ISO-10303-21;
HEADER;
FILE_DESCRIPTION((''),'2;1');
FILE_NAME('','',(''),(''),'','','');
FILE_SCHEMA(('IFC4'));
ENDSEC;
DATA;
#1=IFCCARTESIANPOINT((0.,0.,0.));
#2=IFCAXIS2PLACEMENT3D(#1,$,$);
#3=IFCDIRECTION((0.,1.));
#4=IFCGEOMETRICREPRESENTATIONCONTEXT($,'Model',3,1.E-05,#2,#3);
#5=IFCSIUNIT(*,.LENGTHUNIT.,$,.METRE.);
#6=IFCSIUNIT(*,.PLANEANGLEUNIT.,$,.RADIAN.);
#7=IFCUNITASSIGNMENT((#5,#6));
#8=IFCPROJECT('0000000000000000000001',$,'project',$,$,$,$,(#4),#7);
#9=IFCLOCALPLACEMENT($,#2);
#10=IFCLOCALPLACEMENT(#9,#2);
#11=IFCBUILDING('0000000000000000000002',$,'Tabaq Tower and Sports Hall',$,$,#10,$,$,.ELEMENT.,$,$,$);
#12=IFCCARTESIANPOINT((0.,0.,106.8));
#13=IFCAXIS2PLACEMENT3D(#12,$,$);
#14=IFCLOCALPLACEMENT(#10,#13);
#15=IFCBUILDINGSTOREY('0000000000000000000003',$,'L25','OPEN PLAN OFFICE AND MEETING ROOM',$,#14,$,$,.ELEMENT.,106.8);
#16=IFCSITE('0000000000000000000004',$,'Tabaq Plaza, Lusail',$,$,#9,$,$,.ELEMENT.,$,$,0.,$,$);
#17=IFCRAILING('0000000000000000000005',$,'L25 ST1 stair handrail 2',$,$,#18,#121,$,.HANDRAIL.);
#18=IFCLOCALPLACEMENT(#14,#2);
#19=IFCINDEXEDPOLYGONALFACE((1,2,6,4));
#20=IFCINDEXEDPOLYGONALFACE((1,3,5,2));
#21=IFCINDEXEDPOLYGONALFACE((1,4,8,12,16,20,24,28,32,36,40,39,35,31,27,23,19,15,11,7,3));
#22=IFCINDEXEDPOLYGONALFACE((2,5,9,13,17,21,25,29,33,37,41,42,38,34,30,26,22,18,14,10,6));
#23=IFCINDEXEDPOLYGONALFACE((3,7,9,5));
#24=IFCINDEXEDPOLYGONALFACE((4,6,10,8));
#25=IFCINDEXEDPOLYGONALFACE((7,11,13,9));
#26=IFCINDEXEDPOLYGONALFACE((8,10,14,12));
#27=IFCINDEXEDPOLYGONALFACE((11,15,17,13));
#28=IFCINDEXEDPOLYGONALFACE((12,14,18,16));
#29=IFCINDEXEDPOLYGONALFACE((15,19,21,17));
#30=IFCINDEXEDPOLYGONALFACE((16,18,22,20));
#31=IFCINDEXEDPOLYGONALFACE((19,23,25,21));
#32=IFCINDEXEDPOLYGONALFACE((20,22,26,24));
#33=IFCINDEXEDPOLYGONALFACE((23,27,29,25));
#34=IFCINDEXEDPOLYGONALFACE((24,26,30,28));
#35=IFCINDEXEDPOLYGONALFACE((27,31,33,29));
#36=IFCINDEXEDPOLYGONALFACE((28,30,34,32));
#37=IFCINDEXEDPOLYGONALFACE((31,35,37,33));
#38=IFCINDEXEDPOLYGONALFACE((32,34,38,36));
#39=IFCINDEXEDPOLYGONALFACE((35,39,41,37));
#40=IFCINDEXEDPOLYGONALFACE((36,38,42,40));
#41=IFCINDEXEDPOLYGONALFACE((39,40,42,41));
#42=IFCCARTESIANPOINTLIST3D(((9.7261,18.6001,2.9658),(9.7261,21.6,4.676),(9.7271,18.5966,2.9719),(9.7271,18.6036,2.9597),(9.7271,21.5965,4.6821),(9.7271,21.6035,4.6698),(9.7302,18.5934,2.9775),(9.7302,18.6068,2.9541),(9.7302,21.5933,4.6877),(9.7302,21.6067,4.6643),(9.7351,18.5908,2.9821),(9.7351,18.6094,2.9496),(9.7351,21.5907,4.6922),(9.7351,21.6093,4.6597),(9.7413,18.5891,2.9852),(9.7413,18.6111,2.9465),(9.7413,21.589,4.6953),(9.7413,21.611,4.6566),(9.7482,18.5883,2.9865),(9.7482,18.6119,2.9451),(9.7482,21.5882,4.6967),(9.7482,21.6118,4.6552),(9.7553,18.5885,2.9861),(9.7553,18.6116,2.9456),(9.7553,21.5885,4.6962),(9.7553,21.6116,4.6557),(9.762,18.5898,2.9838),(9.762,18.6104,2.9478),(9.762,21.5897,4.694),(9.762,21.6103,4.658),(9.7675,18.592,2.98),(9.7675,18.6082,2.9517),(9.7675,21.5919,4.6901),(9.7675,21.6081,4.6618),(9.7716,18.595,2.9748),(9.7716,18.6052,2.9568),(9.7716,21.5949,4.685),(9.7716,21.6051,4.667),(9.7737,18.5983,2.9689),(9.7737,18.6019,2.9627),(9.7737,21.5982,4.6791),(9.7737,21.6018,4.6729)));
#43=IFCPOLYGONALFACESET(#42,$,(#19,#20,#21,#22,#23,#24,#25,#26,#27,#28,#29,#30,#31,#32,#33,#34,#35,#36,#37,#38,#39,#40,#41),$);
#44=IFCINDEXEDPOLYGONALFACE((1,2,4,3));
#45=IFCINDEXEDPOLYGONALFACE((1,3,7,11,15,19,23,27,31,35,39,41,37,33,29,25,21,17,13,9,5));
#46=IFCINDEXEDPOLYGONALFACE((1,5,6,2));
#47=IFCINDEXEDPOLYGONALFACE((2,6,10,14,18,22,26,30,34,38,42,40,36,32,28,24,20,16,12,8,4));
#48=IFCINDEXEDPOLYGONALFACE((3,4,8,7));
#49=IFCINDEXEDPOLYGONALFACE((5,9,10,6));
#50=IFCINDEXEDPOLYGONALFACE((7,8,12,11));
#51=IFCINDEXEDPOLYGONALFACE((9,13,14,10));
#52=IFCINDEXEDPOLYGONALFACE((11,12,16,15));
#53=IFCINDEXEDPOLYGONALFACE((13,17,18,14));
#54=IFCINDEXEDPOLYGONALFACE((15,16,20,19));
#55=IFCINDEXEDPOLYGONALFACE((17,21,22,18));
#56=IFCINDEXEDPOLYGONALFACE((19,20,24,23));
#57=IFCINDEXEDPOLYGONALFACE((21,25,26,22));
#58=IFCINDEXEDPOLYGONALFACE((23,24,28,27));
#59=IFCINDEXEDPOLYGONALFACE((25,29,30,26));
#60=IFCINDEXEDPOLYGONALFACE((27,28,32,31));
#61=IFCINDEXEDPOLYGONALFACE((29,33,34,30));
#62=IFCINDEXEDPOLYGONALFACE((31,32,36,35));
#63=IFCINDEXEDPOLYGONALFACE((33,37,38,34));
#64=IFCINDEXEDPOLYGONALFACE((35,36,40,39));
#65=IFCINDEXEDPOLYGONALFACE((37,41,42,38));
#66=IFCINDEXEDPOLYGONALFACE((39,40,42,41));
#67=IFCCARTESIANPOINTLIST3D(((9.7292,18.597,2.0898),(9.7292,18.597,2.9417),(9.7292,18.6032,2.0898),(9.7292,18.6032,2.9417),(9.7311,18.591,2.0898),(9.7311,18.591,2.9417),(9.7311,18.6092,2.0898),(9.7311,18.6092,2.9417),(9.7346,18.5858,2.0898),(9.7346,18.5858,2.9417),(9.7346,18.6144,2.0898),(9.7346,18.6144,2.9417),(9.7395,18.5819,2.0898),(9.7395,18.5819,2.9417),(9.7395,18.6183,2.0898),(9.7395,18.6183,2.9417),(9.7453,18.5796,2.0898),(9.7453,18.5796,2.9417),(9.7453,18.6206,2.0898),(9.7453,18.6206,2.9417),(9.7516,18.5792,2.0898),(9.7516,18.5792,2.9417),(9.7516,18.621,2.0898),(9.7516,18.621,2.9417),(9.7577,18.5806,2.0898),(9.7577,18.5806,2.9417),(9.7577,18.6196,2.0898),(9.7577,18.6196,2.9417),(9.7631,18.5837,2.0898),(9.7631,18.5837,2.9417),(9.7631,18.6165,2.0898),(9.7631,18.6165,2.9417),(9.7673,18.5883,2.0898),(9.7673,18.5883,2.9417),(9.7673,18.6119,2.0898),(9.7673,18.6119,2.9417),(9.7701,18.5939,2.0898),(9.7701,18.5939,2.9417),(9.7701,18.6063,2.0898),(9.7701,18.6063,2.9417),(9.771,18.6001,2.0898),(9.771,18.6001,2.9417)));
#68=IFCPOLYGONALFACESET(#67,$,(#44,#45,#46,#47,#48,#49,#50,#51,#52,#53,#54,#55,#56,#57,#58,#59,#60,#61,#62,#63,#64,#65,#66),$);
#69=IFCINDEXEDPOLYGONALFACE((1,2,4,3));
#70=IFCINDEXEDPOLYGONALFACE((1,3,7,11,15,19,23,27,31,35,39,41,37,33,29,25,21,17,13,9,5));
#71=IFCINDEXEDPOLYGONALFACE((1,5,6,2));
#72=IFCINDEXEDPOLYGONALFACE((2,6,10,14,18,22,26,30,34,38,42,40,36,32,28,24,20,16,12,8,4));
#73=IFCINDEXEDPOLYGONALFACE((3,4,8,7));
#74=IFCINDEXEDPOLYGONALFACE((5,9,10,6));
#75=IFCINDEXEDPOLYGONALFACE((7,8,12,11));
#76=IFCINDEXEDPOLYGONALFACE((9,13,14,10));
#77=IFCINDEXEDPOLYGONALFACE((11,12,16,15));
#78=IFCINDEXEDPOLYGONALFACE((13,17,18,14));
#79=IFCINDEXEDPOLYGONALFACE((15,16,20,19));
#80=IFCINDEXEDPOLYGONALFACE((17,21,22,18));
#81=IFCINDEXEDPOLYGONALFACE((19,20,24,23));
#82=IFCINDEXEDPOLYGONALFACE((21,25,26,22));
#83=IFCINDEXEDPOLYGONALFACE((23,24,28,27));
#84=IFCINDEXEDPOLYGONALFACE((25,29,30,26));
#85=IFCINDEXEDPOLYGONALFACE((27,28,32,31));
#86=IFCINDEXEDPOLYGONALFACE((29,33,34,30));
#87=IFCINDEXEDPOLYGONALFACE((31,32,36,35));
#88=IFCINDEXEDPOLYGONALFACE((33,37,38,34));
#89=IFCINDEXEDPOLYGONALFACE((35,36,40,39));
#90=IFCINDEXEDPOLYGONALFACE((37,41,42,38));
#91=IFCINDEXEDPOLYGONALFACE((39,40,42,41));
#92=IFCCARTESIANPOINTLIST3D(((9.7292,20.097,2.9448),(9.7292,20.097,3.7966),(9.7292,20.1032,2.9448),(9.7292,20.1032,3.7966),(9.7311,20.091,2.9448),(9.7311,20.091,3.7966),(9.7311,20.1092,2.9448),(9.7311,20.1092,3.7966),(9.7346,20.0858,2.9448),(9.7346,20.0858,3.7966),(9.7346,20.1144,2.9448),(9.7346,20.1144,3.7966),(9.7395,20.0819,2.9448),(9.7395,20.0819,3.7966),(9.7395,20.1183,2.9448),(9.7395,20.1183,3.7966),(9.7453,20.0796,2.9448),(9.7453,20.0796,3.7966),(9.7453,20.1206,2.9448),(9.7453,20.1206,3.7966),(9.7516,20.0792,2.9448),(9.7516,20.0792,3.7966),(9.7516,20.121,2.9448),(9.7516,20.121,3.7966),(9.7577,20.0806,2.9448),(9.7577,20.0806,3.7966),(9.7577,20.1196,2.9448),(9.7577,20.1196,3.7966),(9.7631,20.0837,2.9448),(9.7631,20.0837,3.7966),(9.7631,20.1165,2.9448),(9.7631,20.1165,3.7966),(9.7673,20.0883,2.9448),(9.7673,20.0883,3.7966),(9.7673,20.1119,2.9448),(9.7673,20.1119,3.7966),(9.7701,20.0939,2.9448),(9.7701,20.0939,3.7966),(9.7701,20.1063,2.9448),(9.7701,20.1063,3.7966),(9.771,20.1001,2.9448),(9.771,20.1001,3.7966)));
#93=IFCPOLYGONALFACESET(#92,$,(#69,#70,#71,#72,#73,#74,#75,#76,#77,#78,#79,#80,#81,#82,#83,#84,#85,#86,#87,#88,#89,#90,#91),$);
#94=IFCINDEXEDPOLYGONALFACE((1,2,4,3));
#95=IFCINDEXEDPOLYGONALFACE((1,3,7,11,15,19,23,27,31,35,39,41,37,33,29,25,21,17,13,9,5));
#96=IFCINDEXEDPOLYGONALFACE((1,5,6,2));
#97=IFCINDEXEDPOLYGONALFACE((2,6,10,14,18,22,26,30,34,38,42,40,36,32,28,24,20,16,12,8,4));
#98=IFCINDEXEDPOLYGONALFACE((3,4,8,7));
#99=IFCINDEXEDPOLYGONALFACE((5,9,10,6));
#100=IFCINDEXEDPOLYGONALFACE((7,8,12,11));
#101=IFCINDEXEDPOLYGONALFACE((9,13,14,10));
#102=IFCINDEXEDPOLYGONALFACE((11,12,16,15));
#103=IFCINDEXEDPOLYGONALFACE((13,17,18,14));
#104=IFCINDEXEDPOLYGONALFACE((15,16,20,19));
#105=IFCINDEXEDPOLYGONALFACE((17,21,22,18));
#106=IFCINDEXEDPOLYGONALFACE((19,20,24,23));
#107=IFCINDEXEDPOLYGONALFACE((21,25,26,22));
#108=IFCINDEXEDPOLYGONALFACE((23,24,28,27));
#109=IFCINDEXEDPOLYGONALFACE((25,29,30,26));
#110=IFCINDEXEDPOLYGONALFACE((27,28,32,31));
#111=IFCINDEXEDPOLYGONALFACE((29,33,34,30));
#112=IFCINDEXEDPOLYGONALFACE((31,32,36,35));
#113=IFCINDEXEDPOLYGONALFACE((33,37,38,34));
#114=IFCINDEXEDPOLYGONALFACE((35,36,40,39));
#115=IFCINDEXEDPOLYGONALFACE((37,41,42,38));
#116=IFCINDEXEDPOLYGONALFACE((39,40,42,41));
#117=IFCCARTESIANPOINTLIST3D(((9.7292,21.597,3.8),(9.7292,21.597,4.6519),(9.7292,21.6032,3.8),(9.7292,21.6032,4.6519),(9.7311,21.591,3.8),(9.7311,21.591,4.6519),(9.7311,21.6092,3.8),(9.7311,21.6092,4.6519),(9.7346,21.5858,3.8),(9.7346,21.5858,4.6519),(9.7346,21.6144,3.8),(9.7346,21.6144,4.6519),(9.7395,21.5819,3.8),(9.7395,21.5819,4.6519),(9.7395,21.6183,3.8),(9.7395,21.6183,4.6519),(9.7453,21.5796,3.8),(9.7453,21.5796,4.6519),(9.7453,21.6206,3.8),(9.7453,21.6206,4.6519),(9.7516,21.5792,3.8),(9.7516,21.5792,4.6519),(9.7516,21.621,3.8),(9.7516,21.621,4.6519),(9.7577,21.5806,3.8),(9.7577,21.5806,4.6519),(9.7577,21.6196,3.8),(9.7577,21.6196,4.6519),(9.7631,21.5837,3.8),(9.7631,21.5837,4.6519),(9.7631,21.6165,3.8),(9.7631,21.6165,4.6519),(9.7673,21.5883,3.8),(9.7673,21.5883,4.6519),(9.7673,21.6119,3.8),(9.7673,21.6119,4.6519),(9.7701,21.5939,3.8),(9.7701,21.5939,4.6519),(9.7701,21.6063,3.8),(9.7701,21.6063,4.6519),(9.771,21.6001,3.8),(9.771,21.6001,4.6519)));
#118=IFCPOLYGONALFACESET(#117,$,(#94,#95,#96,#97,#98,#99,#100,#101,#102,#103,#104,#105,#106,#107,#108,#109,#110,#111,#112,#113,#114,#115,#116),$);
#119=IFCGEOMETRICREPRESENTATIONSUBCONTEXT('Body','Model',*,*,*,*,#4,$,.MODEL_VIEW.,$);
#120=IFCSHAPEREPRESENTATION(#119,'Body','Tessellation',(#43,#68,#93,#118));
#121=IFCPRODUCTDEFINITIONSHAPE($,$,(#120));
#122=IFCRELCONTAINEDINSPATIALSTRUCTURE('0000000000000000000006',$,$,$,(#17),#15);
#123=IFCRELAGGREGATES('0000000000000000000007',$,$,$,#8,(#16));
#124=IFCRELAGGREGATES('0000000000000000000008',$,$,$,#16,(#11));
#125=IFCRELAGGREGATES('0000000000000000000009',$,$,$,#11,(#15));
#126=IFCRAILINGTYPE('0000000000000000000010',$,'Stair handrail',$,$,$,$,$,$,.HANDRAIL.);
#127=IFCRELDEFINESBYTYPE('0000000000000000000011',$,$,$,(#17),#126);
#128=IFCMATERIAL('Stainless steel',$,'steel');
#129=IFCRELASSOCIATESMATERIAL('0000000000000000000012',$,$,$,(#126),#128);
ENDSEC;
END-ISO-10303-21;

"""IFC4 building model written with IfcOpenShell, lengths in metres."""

from ifc_helpers import new_model, si_unit, direction, frame, origin, origin_2d, place, context, subcontext, project, spatial, circle, extrude, material, type_object, element, save


model = new_model("IFC4")

# Units and contexts
model_context = context("Model", 3, precision=1e-05, world=origin(), true_north=direction((0.0, 1.0)))
body_context = subcontext(model_context, "Body", "Model", "MODEL_VIEW")
ifc_project = project(units=[si_unit("LENGTHUNIT", "METRE"), si_unit("PLANEANGLEUNIT", "RADIAN")], contexts=[model_context])

# Site, building, storey
site_placement = place(None, origin())
site = spatial("IfcSite", under=ifc_project, at=site_placement, Name="Tabaq Plaza, Lusail", CompositionType="ELEMENT", RefElevation=0.0)
building_placement = place(site_placement, origin())
building = spatial("IfcBuilding", under=site, at=building_placement, Name="Tabaq Tower and Sports Hall", CompositionType="ELEMENT")
storey_placement = place(building_placement, frame((0.0, 0.0, 106.8)))
storey = spatial("IfcBuildingStorey", under=building, at=storey_placement, Name="L25", Description="OPEN PLAN OFFICE AND MEETING ROOM", CompositionType="ELEMENT", Elevation=106.8)

# Railing
ifc_material_1 = material(Name="Stainless steel", Category="steel")
railing_type = type_object("IfcRailingType", Name="Stair handrail", PredefinedType="HANDRAIL", material=ifc_material_1)
railing_placement = place(storey_placement, frame((9.75, 18.6001, 2.0898)))
element("IfcRailing", 1, at=railing_placement, inside=storey, type_object=railing_type, Name="L25 ST1 stair handrail 2", PredefinedType="HANDRAIL", context=body_context, shape_type="SweptSolid", body=[
    extrude(circle(Radius=0.0239, at=origin_2d()), frame((0.0, 0.0, 0.876), z_axis=(0.0, 0.868752, 0.495248), x_axis=(-1.0, 0.0, 0.0)), (0.0, 0.0, 1.0), 3.4531),
    extrude(circle(Radius=0.021, at=origin_2d()), origin(), (0.0, 0.0, 1.0), 0.8518),
    extrude(circle(Radius=0.021, at=origin_2d()), frame((0.0, 1.5, 0.855)), (0.0, 0.0, 1.0), 0.8518),
    extrude(circle(Radius=0.021, at=origin_2d()), frame((0.0, 3.0, 1.7102)), (0.0, 0.0, 1.0), 0.8518),
])

save(model, "model.ifc")
